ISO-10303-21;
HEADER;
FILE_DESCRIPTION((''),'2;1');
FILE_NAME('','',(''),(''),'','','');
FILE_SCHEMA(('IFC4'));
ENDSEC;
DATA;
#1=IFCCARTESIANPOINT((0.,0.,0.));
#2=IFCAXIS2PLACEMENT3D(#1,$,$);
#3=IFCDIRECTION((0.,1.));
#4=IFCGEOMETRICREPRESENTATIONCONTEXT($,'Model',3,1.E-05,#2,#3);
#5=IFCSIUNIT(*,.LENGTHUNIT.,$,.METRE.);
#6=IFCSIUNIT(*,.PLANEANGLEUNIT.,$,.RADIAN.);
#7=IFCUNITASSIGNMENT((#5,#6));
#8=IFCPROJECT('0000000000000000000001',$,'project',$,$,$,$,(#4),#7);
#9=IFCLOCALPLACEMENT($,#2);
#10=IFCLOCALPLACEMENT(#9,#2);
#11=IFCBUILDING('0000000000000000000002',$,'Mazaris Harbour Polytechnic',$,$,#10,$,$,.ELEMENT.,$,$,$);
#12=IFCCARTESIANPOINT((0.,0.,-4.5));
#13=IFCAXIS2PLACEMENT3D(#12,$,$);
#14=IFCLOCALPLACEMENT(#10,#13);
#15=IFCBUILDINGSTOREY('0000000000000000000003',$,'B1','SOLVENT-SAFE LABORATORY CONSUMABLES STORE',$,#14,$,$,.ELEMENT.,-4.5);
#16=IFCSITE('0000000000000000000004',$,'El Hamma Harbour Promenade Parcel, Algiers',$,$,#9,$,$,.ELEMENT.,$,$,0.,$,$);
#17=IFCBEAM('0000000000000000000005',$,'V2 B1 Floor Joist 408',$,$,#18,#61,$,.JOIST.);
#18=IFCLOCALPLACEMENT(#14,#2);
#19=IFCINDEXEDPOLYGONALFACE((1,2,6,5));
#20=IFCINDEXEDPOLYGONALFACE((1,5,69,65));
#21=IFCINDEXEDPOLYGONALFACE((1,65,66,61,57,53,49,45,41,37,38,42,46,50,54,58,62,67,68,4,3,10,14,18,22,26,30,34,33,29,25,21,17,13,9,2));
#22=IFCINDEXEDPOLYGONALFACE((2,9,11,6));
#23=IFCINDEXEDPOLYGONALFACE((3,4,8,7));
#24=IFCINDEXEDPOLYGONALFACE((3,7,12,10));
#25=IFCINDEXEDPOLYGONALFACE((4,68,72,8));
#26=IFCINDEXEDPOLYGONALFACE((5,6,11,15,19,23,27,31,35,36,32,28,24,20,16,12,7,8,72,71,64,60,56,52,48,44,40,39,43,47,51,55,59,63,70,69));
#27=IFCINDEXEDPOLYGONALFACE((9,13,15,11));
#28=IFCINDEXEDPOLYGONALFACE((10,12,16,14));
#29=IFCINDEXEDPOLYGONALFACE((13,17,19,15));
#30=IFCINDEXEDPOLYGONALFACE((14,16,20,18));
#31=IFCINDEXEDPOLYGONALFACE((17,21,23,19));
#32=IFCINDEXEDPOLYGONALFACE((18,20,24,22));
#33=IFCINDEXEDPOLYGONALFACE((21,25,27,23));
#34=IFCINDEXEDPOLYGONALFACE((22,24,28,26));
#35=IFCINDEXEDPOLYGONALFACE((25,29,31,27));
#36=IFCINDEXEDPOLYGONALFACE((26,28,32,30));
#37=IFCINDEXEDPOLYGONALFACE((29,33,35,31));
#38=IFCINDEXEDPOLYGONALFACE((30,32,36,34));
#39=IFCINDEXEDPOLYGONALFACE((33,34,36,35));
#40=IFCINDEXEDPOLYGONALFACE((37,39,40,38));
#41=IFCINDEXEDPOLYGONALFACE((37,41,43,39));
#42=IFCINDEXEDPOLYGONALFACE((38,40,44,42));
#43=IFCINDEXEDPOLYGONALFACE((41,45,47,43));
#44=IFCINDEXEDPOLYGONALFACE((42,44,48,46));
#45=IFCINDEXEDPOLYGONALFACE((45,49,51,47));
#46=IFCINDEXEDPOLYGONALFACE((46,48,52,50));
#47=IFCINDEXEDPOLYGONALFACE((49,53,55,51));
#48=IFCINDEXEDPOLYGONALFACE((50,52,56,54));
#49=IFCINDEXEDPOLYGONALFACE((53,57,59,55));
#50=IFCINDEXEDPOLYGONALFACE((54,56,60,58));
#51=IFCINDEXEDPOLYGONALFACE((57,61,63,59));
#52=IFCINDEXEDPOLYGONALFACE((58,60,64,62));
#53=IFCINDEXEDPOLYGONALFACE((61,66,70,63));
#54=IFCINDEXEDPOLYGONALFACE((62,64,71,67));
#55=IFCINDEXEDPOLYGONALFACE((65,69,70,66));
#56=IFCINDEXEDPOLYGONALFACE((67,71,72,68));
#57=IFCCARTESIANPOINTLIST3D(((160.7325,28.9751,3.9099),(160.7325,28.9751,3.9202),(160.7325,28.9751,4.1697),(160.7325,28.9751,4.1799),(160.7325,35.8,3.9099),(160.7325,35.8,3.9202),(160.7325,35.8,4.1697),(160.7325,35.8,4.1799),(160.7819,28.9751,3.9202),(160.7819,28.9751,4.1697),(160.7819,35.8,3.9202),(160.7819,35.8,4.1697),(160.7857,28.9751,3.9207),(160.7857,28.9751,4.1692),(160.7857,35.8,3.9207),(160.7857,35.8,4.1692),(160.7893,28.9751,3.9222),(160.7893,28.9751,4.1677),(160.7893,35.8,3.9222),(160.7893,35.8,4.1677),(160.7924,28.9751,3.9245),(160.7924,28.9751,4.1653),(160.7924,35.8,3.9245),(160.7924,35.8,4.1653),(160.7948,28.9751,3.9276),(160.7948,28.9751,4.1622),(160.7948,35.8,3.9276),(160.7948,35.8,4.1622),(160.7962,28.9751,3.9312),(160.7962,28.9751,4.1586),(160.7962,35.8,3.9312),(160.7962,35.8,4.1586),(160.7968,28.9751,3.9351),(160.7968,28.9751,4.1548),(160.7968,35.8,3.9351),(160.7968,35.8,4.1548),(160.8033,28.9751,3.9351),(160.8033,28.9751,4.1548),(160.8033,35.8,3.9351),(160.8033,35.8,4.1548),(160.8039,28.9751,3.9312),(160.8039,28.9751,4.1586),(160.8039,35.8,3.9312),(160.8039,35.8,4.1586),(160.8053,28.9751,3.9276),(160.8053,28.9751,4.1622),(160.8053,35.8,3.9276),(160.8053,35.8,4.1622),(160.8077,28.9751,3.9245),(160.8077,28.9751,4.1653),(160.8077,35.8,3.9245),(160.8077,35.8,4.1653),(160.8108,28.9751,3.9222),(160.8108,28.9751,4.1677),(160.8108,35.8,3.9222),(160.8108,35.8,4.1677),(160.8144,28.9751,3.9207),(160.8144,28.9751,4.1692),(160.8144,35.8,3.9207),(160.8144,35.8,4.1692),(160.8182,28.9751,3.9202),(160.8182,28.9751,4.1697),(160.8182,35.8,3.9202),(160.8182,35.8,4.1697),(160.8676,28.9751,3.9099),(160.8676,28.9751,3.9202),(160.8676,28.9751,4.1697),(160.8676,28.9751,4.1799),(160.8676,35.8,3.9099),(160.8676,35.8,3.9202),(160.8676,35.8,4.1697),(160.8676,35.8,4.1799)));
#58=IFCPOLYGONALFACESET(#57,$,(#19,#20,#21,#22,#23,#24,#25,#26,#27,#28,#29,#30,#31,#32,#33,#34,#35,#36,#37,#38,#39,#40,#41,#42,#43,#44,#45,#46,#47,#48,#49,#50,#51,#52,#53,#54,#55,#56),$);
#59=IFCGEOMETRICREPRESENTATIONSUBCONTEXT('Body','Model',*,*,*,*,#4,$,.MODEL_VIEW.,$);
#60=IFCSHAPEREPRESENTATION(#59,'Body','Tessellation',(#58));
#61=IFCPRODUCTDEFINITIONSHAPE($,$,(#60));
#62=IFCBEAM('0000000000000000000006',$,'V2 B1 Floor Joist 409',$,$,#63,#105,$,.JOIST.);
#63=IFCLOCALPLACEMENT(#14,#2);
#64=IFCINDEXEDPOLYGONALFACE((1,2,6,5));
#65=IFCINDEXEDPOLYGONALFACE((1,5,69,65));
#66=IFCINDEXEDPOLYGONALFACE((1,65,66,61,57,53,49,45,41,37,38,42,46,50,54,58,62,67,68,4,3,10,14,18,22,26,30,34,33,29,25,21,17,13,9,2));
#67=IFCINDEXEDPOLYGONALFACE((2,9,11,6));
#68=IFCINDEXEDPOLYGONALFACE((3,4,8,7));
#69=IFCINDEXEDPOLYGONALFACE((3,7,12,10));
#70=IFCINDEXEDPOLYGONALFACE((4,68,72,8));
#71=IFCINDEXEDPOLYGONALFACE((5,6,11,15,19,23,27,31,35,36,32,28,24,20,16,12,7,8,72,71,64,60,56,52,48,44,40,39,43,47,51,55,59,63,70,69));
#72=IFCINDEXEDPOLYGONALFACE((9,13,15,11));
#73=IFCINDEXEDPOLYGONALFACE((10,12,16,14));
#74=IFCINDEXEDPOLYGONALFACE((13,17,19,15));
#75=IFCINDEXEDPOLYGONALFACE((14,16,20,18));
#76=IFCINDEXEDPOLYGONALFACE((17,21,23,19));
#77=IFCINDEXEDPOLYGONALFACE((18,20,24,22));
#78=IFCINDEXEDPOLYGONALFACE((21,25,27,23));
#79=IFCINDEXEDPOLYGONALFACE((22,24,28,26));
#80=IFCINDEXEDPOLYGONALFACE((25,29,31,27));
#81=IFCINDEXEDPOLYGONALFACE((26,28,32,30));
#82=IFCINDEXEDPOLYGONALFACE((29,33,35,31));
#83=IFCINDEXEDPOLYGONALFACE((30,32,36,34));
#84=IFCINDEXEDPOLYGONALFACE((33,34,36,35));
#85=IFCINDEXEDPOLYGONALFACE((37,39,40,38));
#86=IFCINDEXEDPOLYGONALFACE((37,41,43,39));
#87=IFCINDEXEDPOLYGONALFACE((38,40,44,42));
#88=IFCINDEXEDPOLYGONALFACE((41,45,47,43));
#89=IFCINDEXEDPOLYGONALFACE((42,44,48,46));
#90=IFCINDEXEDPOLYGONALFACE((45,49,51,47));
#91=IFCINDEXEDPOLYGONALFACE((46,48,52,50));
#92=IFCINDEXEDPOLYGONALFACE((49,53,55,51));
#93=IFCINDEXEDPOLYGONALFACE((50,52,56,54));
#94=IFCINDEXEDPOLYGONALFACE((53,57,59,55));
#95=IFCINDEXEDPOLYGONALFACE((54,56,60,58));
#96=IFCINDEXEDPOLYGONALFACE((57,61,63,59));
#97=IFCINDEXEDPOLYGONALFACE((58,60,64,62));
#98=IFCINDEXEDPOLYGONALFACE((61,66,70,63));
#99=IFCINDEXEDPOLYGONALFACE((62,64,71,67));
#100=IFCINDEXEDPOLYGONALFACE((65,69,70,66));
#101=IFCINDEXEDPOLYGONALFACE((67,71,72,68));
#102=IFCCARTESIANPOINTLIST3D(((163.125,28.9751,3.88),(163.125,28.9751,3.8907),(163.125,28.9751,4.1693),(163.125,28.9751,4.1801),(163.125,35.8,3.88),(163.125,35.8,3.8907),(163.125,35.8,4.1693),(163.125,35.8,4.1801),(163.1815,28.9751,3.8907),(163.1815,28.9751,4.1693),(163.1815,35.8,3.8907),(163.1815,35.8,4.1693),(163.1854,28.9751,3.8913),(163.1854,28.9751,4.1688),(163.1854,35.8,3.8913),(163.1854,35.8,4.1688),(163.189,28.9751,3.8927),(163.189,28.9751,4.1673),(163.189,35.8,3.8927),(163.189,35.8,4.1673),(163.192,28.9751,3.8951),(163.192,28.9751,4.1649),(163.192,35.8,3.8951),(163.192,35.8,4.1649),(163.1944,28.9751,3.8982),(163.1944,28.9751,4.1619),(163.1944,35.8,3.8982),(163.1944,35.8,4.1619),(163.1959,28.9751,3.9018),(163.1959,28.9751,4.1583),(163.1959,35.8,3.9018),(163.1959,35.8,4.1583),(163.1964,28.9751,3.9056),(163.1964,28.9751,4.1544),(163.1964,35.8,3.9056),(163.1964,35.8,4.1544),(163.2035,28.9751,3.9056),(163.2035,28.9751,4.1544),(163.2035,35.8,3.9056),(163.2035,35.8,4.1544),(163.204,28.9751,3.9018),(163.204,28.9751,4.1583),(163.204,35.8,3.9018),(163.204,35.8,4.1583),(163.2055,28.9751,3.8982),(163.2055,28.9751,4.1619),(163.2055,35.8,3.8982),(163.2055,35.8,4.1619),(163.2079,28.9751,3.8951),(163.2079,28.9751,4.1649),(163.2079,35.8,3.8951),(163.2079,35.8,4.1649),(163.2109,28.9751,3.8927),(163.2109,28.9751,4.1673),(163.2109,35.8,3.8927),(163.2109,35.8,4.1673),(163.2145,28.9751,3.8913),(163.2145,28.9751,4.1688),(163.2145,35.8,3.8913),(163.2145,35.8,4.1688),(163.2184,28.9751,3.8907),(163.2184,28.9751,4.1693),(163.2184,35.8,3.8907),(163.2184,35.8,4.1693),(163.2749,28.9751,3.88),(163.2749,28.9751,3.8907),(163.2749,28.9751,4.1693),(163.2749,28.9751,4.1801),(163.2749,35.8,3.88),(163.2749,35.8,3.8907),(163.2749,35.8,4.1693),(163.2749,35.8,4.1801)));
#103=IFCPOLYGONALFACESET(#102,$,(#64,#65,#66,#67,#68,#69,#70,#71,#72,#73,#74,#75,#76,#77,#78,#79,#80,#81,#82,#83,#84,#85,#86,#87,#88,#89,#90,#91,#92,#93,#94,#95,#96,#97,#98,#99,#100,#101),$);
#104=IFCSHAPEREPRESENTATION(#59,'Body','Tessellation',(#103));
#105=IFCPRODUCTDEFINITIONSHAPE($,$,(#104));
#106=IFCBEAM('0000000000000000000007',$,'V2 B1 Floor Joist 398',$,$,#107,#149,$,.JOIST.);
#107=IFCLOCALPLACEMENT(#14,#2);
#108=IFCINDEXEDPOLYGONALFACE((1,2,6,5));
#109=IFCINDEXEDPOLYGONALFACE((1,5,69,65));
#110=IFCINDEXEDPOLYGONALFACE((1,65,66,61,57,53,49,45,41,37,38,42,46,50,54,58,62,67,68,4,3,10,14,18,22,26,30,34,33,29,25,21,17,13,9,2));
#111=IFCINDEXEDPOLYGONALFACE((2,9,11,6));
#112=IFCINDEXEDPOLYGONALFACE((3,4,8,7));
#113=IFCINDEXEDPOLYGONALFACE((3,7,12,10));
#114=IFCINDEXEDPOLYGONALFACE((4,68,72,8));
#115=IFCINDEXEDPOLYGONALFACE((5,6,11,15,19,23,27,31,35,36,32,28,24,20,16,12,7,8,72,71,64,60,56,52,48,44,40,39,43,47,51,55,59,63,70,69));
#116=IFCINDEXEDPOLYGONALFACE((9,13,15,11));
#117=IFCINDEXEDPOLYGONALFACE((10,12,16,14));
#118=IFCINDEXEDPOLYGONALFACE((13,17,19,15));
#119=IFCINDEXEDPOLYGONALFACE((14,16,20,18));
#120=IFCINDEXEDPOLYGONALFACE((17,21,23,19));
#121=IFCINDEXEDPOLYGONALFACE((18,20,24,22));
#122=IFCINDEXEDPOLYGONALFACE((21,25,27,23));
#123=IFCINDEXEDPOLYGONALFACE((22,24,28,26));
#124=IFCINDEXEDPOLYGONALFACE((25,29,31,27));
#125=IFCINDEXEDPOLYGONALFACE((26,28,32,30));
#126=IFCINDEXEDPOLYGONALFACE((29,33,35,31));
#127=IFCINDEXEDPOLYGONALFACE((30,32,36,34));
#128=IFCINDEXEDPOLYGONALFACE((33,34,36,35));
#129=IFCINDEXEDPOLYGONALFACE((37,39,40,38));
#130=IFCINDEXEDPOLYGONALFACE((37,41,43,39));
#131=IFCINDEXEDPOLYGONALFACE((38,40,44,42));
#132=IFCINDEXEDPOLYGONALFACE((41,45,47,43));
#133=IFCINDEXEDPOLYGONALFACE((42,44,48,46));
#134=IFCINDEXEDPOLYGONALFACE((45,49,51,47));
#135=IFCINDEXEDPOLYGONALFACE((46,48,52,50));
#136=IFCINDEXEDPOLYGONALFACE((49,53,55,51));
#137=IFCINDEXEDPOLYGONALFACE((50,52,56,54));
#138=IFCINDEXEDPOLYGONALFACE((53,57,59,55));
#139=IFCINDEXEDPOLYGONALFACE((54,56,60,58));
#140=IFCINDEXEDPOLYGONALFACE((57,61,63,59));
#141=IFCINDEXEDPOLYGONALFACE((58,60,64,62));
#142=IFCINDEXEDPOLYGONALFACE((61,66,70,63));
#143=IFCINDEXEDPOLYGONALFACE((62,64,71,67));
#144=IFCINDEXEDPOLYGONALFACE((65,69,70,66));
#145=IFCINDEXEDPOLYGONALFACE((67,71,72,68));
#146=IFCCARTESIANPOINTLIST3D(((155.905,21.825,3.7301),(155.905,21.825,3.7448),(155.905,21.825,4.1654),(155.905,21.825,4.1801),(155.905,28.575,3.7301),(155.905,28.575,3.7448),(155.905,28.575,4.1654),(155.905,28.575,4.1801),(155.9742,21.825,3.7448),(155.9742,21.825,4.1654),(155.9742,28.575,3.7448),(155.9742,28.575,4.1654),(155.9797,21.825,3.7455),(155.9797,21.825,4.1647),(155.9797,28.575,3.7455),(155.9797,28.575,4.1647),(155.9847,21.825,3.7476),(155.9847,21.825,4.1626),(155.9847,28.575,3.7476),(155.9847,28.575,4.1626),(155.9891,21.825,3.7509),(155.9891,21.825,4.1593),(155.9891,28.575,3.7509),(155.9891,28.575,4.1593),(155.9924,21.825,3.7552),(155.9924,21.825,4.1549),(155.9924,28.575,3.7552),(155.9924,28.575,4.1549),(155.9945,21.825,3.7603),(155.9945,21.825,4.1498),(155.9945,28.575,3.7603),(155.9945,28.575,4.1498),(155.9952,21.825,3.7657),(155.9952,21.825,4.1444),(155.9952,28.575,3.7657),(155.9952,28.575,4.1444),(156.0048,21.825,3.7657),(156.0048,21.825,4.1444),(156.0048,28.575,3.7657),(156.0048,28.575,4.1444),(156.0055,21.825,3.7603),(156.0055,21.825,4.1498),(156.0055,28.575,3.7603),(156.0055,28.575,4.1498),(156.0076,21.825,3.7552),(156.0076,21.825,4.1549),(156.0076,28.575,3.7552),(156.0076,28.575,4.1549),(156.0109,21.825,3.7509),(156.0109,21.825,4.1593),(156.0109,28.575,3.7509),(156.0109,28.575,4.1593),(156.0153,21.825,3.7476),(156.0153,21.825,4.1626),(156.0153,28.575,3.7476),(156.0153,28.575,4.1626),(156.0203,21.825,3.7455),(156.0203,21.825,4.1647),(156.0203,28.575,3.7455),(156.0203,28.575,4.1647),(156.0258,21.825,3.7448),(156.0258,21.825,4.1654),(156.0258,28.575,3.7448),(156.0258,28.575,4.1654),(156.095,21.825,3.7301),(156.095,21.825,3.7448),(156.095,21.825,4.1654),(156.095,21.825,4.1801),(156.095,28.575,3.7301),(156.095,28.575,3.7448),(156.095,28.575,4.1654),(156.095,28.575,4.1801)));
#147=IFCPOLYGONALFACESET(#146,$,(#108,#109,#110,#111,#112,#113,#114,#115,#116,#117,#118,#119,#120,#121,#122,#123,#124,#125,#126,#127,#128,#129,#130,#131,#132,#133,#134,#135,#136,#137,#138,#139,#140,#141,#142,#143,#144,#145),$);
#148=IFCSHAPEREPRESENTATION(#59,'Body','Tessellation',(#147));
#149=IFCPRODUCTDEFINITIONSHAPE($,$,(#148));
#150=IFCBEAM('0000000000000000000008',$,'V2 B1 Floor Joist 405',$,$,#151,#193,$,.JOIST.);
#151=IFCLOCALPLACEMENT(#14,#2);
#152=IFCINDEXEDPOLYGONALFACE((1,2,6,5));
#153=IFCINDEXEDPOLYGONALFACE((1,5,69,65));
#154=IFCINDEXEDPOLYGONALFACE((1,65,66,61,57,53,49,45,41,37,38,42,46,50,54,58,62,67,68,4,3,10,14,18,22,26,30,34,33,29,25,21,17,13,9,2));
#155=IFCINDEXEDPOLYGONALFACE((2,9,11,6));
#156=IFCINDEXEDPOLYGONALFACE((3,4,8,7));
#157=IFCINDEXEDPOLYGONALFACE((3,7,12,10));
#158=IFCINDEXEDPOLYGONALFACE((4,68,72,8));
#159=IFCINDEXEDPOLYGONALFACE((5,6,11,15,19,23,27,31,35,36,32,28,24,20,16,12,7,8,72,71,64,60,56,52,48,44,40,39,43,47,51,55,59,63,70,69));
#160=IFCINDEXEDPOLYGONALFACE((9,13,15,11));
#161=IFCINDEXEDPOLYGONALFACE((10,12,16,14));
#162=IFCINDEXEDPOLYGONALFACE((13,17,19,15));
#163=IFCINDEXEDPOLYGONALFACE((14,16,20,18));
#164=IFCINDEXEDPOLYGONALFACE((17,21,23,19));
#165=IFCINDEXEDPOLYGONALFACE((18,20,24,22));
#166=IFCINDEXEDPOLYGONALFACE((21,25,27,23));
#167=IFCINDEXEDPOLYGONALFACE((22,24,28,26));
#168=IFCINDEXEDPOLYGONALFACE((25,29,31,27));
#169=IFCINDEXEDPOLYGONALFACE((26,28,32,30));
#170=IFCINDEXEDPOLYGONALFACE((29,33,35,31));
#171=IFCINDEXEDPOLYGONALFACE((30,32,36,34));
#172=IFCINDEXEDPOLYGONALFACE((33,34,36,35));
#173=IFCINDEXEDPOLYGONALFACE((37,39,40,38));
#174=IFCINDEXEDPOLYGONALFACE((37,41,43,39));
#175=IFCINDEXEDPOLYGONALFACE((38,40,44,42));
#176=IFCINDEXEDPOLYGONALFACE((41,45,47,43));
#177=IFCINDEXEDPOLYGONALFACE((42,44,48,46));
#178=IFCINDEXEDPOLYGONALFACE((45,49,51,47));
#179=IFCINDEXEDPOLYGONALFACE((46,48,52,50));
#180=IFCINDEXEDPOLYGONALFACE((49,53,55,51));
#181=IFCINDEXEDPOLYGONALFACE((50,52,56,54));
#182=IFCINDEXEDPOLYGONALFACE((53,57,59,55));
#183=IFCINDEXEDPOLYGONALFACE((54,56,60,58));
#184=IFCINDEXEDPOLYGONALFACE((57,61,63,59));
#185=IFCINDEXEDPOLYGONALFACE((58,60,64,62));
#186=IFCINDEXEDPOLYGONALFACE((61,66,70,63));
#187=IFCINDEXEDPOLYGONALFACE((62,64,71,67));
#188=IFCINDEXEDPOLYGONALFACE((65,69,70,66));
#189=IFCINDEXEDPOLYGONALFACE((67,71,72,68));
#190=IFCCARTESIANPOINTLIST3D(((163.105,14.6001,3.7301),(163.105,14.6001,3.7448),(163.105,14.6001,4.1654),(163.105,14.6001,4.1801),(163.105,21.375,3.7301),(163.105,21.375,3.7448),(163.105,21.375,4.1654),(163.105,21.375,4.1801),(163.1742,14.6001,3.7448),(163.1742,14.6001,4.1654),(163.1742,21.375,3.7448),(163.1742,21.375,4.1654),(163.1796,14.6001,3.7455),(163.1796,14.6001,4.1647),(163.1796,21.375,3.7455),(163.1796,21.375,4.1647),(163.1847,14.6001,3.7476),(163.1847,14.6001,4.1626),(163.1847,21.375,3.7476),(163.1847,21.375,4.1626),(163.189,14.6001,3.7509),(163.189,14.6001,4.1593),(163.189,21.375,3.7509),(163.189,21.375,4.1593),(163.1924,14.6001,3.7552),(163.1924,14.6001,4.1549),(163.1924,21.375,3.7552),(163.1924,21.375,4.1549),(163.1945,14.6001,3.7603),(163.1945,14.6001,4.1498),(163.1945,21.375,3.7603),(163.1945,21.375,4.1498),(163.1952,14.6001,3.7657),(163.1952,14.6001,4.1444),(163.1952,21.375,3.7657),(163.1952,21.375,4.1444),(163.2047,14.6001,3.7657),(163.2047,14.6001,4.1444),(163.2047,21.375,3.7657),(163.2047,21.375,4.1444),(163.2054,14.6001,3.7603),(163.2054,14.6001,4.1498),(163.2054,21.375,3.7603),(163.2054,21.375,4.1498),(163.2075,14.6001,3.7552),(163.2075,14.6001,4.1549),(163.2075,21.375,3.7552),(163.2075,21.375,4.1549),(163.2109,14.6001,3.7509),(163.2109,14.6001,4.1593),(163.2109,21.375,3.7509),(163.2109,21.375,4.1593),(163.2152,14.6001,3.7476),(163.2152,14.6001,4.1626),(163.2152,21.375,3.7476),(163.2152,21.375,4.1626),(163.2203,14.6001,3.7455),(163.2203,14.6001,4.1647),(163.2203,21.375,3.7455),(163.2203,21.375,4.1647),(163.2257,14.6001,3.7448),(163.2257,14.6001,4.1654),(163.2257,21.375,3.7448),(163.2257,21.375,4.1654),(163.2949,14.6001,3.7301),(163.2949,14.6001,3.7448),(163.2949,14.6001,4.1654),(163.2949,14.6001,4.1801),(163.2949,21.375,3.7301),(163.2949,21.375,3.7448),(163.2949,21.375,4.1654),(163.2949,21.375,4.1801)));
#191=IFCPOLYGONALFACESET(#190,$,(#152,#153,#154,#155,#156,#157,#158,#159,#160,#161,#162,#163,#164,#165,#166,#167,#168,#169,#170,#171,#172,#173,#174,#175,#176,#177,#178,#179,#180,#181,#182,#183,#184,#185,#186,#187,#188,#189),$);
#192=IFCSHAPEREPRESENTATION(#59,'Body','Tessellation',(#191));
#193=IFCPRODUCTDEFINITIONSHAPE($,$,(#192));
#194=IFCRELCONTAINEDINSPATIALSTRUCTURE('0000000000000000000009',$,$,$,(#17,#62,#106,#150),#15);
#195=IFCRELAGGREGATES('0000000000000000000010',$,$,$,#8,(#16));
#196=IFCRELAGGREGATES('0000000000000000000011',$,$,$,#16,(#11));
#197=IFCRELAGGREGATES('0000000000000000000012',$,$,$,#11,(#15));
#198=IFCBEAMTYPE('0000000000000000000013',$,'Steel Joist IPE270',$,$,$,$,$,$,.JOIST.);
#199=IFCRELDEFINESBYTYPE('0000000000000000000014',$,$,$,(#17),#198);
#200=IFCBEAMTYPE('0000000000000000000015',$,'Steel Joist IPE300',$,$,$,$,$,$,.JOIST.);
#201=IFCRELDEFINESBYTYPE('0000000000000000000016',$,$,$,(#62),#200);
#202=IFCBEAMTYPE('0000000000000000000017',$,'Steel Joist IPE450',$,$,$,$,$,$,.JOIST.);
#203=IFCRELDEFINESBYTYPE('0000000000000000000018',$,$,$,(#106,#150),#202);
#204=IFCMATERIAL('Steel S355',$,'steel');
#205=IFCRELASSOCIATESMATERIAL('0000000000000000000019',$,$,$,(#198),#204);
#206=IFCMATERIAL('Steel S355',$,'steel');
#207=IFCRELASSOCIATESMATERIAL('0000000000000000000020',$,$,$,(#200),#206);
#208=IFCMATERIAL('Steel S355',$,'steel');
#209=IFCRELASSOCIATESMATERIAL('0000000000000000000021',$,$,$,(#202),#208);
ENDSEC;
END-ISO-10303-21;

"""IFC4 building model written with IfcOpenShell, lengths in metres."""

from ifc_helpers import new_model, si_unit, direction, frame, origin, origin_2d, place, context, subcontext, project, spatial, i_section, extrude, material, material_profile, profile_set, type_object, element, save


model = new_model("IFC4")

# Units and contexts
model_context = context("Model", 3, precision=1e-05, world=origin(), true_north=direction((0.0, 1.0)))
body_context = subcontext(model_context, "Body", "Model", "MODEL_VIEW")
ifc_project = project(units=[si_unit("LENGTHUNIT", "METRE"), si_unit("PLANEANGLEUNIT", "RADIAN")], contexts=[model_context])

# Site, building, storey
site_placement = place(None, origin())
site = spatial("IfcSite", under=ifc_project, at=site_placement, Name="El Hamma Harbour Promenade Parcel, Algiers", CompositionType="ELEMENT", RefElevation=0.0)
building_placement = place(site_placement, origin())
building = spatial("IfcBuilding", under=site, at=building_placement, Name="Mazaris Harbour Polytechnic", CompositionType="ELEMENT")
storey_placement = place(building_placement, frame((0.0, 0.0, -4.5)))
storey = spatial("IfcBuildingStorey", under=building, at=storey_placement, Name="B1", Description="SOLVENT-SAFE LABORATORY CONSUMABLES STORE", CompositionType="ELEMENT", Elevation=-4.5)

# Beams
ifc_material_1 = material(Name="Steel S355", Category="steel")
ifc_material_profile_1 = material_profile(ifc_material_1, i_section(OverallWidth=0.135, OverallDepth=0.27, WebThickness=0.0066, FlangeThickness=0.0103, FilletRadius=0.0149, at=origin_2d()), Name="IPE 270")
ifc_profile_set_1 = profile_set([ifc_material_profile_1], Name="Steel S355")
beam_type_1 = type_object("IfcBeamType", Name="Steel Joist IPE270", PredefinedType="JOIST", material=ifc_profile_set_1)
beam_1_placement = place(storey_placement, frame((160.8, 28.9751, 4.0449), z_axis=(0.0, 1.0, 0.0), x_axis=(-1.0, 0.0, 0.0)))
element("IfcBeam", 1, at=beam_1_placement, inside=storey, type_object=beam_type_1, Name="V2 B1 Floor Joist 408", PredefinedType="JOIST", context=body_context, shape_type="SweptSolid", body=[
    extrude(i_section(OverallWidth=0.135, OverallDepth=0.27, WebThickness=0.0066, FlangeThickness=0.0103, FilletRadius=0.0149, at=origin_2d()), origin(), (0.0, 0.0, 1.0), 6.825),
])
ifc_material_2 = material(Name="Steel S355", Category="steel")
ifc_material_profile_2 = material_profile(ifc_material_2, i_section(OverallWidth=0.1499, OverallDepth=0.3, WebThickness=0.0071, FlangeThickness=0.0107, FilletRadius=0.0149, at=origin_2d()), Name="IPE 300")
ifc_profile_set_2 = profile_set([ifc_material_profile_2], Name="Steel S355")
beam_type_2 = type_object("IfcBeamType", Name="Steel Joist IPE300", PredefinedType="JOIST", material=ifc_profile_set_2)
beam_2_placement = place(storey_placement, frame((163.2, 28.9751, 4.03), z_axis=(0.0, 1.0, 0.0), x_axis=(-1.0, 0.0, 0.0)))
element("IfcBeam", 2, at=beam_2_placement, inside=storey, type_object=beam_type_2, Name="V2 B1 Floor Joist 409", PredefinedType="JOIST", context=body_context, shape_type="SweptSolid", body=[
    extrude(i_section(OverallWidth=0.1499, OverallDepth=0.3, WebThickness=0.0071, FlangeThickness=0.0107, FilletRadius=0.0149, at=origin_2d()), origin(), (0.0, 0.0, 1.0), 6.825),
])
ifc_material_3 = material(Name="Steel S355", Category="steel")
ifc_material_profile_3 = material_profile(ifc_material_3, i_section(OverallWidth=0.1899, OverallDepth=0.45, WebThickness=0.0095, FlangeThickness=0.0146, FilletRadius=0.021, at=origin_2d()), Name="IPE 450")
ifc_profile_set_3 = profile_set([ifc_material_profile_3], Name="Steel S355")
beam_type_3 = type_object("IfcBeamType", Name="Steel Joist IPE450", PredefinedType="JOIST", material=ifc_profile_set_3)
beam_3_placement = place(storey_placement, frame((156.0, 21.825, 3.9551), z_axis=(0.0, 1.0, 0.0), x_axis=(-1.0, 0.0, 0.0)))
element("IfcBeam", 3, at=beam_3_placement, inside=storey, type_object=beam_type_3, Name="V2 B1 Floor Joist 398", PredefinedType="JOIST", context=body_context, shape_type="SweptSolid", body=[
    extrude(i_section(OverallWidth=0.1899, OverallDepth=0.45, WebThickness=0.0095, FlangeThickness=0.0146, FilletRadius=0.021, at=origin_2d()), origin(), (0.0, 0.0, 1.0), 6.75),
])
beam_4_placement = place(storey_placement, frame((163.2, 14.6001, 3.9551), z_axis=(0.0, 1.0, 0.0), x_axis=(-1.0, 0.0, 0.0)))
element("IfcBeam", 4, at=beam_4_placement, inside=storey, type_object=beam_type_3, Name="V2 B1 Floor Joist 405", PredefinedType="JOIST", context=body_context, shape_type="SweptSolid", body=[
    extrude(i_section(OverallWidth=0.1899, OverallDepth=0.45, WebThickness=0.0095, FlangeThickness=0.0146, FilletRadius=0.021, at=origin_2d()), origin(), (0.0, 0.0, 1.0), 6.7749),
])

save(model, "model.ifc")
